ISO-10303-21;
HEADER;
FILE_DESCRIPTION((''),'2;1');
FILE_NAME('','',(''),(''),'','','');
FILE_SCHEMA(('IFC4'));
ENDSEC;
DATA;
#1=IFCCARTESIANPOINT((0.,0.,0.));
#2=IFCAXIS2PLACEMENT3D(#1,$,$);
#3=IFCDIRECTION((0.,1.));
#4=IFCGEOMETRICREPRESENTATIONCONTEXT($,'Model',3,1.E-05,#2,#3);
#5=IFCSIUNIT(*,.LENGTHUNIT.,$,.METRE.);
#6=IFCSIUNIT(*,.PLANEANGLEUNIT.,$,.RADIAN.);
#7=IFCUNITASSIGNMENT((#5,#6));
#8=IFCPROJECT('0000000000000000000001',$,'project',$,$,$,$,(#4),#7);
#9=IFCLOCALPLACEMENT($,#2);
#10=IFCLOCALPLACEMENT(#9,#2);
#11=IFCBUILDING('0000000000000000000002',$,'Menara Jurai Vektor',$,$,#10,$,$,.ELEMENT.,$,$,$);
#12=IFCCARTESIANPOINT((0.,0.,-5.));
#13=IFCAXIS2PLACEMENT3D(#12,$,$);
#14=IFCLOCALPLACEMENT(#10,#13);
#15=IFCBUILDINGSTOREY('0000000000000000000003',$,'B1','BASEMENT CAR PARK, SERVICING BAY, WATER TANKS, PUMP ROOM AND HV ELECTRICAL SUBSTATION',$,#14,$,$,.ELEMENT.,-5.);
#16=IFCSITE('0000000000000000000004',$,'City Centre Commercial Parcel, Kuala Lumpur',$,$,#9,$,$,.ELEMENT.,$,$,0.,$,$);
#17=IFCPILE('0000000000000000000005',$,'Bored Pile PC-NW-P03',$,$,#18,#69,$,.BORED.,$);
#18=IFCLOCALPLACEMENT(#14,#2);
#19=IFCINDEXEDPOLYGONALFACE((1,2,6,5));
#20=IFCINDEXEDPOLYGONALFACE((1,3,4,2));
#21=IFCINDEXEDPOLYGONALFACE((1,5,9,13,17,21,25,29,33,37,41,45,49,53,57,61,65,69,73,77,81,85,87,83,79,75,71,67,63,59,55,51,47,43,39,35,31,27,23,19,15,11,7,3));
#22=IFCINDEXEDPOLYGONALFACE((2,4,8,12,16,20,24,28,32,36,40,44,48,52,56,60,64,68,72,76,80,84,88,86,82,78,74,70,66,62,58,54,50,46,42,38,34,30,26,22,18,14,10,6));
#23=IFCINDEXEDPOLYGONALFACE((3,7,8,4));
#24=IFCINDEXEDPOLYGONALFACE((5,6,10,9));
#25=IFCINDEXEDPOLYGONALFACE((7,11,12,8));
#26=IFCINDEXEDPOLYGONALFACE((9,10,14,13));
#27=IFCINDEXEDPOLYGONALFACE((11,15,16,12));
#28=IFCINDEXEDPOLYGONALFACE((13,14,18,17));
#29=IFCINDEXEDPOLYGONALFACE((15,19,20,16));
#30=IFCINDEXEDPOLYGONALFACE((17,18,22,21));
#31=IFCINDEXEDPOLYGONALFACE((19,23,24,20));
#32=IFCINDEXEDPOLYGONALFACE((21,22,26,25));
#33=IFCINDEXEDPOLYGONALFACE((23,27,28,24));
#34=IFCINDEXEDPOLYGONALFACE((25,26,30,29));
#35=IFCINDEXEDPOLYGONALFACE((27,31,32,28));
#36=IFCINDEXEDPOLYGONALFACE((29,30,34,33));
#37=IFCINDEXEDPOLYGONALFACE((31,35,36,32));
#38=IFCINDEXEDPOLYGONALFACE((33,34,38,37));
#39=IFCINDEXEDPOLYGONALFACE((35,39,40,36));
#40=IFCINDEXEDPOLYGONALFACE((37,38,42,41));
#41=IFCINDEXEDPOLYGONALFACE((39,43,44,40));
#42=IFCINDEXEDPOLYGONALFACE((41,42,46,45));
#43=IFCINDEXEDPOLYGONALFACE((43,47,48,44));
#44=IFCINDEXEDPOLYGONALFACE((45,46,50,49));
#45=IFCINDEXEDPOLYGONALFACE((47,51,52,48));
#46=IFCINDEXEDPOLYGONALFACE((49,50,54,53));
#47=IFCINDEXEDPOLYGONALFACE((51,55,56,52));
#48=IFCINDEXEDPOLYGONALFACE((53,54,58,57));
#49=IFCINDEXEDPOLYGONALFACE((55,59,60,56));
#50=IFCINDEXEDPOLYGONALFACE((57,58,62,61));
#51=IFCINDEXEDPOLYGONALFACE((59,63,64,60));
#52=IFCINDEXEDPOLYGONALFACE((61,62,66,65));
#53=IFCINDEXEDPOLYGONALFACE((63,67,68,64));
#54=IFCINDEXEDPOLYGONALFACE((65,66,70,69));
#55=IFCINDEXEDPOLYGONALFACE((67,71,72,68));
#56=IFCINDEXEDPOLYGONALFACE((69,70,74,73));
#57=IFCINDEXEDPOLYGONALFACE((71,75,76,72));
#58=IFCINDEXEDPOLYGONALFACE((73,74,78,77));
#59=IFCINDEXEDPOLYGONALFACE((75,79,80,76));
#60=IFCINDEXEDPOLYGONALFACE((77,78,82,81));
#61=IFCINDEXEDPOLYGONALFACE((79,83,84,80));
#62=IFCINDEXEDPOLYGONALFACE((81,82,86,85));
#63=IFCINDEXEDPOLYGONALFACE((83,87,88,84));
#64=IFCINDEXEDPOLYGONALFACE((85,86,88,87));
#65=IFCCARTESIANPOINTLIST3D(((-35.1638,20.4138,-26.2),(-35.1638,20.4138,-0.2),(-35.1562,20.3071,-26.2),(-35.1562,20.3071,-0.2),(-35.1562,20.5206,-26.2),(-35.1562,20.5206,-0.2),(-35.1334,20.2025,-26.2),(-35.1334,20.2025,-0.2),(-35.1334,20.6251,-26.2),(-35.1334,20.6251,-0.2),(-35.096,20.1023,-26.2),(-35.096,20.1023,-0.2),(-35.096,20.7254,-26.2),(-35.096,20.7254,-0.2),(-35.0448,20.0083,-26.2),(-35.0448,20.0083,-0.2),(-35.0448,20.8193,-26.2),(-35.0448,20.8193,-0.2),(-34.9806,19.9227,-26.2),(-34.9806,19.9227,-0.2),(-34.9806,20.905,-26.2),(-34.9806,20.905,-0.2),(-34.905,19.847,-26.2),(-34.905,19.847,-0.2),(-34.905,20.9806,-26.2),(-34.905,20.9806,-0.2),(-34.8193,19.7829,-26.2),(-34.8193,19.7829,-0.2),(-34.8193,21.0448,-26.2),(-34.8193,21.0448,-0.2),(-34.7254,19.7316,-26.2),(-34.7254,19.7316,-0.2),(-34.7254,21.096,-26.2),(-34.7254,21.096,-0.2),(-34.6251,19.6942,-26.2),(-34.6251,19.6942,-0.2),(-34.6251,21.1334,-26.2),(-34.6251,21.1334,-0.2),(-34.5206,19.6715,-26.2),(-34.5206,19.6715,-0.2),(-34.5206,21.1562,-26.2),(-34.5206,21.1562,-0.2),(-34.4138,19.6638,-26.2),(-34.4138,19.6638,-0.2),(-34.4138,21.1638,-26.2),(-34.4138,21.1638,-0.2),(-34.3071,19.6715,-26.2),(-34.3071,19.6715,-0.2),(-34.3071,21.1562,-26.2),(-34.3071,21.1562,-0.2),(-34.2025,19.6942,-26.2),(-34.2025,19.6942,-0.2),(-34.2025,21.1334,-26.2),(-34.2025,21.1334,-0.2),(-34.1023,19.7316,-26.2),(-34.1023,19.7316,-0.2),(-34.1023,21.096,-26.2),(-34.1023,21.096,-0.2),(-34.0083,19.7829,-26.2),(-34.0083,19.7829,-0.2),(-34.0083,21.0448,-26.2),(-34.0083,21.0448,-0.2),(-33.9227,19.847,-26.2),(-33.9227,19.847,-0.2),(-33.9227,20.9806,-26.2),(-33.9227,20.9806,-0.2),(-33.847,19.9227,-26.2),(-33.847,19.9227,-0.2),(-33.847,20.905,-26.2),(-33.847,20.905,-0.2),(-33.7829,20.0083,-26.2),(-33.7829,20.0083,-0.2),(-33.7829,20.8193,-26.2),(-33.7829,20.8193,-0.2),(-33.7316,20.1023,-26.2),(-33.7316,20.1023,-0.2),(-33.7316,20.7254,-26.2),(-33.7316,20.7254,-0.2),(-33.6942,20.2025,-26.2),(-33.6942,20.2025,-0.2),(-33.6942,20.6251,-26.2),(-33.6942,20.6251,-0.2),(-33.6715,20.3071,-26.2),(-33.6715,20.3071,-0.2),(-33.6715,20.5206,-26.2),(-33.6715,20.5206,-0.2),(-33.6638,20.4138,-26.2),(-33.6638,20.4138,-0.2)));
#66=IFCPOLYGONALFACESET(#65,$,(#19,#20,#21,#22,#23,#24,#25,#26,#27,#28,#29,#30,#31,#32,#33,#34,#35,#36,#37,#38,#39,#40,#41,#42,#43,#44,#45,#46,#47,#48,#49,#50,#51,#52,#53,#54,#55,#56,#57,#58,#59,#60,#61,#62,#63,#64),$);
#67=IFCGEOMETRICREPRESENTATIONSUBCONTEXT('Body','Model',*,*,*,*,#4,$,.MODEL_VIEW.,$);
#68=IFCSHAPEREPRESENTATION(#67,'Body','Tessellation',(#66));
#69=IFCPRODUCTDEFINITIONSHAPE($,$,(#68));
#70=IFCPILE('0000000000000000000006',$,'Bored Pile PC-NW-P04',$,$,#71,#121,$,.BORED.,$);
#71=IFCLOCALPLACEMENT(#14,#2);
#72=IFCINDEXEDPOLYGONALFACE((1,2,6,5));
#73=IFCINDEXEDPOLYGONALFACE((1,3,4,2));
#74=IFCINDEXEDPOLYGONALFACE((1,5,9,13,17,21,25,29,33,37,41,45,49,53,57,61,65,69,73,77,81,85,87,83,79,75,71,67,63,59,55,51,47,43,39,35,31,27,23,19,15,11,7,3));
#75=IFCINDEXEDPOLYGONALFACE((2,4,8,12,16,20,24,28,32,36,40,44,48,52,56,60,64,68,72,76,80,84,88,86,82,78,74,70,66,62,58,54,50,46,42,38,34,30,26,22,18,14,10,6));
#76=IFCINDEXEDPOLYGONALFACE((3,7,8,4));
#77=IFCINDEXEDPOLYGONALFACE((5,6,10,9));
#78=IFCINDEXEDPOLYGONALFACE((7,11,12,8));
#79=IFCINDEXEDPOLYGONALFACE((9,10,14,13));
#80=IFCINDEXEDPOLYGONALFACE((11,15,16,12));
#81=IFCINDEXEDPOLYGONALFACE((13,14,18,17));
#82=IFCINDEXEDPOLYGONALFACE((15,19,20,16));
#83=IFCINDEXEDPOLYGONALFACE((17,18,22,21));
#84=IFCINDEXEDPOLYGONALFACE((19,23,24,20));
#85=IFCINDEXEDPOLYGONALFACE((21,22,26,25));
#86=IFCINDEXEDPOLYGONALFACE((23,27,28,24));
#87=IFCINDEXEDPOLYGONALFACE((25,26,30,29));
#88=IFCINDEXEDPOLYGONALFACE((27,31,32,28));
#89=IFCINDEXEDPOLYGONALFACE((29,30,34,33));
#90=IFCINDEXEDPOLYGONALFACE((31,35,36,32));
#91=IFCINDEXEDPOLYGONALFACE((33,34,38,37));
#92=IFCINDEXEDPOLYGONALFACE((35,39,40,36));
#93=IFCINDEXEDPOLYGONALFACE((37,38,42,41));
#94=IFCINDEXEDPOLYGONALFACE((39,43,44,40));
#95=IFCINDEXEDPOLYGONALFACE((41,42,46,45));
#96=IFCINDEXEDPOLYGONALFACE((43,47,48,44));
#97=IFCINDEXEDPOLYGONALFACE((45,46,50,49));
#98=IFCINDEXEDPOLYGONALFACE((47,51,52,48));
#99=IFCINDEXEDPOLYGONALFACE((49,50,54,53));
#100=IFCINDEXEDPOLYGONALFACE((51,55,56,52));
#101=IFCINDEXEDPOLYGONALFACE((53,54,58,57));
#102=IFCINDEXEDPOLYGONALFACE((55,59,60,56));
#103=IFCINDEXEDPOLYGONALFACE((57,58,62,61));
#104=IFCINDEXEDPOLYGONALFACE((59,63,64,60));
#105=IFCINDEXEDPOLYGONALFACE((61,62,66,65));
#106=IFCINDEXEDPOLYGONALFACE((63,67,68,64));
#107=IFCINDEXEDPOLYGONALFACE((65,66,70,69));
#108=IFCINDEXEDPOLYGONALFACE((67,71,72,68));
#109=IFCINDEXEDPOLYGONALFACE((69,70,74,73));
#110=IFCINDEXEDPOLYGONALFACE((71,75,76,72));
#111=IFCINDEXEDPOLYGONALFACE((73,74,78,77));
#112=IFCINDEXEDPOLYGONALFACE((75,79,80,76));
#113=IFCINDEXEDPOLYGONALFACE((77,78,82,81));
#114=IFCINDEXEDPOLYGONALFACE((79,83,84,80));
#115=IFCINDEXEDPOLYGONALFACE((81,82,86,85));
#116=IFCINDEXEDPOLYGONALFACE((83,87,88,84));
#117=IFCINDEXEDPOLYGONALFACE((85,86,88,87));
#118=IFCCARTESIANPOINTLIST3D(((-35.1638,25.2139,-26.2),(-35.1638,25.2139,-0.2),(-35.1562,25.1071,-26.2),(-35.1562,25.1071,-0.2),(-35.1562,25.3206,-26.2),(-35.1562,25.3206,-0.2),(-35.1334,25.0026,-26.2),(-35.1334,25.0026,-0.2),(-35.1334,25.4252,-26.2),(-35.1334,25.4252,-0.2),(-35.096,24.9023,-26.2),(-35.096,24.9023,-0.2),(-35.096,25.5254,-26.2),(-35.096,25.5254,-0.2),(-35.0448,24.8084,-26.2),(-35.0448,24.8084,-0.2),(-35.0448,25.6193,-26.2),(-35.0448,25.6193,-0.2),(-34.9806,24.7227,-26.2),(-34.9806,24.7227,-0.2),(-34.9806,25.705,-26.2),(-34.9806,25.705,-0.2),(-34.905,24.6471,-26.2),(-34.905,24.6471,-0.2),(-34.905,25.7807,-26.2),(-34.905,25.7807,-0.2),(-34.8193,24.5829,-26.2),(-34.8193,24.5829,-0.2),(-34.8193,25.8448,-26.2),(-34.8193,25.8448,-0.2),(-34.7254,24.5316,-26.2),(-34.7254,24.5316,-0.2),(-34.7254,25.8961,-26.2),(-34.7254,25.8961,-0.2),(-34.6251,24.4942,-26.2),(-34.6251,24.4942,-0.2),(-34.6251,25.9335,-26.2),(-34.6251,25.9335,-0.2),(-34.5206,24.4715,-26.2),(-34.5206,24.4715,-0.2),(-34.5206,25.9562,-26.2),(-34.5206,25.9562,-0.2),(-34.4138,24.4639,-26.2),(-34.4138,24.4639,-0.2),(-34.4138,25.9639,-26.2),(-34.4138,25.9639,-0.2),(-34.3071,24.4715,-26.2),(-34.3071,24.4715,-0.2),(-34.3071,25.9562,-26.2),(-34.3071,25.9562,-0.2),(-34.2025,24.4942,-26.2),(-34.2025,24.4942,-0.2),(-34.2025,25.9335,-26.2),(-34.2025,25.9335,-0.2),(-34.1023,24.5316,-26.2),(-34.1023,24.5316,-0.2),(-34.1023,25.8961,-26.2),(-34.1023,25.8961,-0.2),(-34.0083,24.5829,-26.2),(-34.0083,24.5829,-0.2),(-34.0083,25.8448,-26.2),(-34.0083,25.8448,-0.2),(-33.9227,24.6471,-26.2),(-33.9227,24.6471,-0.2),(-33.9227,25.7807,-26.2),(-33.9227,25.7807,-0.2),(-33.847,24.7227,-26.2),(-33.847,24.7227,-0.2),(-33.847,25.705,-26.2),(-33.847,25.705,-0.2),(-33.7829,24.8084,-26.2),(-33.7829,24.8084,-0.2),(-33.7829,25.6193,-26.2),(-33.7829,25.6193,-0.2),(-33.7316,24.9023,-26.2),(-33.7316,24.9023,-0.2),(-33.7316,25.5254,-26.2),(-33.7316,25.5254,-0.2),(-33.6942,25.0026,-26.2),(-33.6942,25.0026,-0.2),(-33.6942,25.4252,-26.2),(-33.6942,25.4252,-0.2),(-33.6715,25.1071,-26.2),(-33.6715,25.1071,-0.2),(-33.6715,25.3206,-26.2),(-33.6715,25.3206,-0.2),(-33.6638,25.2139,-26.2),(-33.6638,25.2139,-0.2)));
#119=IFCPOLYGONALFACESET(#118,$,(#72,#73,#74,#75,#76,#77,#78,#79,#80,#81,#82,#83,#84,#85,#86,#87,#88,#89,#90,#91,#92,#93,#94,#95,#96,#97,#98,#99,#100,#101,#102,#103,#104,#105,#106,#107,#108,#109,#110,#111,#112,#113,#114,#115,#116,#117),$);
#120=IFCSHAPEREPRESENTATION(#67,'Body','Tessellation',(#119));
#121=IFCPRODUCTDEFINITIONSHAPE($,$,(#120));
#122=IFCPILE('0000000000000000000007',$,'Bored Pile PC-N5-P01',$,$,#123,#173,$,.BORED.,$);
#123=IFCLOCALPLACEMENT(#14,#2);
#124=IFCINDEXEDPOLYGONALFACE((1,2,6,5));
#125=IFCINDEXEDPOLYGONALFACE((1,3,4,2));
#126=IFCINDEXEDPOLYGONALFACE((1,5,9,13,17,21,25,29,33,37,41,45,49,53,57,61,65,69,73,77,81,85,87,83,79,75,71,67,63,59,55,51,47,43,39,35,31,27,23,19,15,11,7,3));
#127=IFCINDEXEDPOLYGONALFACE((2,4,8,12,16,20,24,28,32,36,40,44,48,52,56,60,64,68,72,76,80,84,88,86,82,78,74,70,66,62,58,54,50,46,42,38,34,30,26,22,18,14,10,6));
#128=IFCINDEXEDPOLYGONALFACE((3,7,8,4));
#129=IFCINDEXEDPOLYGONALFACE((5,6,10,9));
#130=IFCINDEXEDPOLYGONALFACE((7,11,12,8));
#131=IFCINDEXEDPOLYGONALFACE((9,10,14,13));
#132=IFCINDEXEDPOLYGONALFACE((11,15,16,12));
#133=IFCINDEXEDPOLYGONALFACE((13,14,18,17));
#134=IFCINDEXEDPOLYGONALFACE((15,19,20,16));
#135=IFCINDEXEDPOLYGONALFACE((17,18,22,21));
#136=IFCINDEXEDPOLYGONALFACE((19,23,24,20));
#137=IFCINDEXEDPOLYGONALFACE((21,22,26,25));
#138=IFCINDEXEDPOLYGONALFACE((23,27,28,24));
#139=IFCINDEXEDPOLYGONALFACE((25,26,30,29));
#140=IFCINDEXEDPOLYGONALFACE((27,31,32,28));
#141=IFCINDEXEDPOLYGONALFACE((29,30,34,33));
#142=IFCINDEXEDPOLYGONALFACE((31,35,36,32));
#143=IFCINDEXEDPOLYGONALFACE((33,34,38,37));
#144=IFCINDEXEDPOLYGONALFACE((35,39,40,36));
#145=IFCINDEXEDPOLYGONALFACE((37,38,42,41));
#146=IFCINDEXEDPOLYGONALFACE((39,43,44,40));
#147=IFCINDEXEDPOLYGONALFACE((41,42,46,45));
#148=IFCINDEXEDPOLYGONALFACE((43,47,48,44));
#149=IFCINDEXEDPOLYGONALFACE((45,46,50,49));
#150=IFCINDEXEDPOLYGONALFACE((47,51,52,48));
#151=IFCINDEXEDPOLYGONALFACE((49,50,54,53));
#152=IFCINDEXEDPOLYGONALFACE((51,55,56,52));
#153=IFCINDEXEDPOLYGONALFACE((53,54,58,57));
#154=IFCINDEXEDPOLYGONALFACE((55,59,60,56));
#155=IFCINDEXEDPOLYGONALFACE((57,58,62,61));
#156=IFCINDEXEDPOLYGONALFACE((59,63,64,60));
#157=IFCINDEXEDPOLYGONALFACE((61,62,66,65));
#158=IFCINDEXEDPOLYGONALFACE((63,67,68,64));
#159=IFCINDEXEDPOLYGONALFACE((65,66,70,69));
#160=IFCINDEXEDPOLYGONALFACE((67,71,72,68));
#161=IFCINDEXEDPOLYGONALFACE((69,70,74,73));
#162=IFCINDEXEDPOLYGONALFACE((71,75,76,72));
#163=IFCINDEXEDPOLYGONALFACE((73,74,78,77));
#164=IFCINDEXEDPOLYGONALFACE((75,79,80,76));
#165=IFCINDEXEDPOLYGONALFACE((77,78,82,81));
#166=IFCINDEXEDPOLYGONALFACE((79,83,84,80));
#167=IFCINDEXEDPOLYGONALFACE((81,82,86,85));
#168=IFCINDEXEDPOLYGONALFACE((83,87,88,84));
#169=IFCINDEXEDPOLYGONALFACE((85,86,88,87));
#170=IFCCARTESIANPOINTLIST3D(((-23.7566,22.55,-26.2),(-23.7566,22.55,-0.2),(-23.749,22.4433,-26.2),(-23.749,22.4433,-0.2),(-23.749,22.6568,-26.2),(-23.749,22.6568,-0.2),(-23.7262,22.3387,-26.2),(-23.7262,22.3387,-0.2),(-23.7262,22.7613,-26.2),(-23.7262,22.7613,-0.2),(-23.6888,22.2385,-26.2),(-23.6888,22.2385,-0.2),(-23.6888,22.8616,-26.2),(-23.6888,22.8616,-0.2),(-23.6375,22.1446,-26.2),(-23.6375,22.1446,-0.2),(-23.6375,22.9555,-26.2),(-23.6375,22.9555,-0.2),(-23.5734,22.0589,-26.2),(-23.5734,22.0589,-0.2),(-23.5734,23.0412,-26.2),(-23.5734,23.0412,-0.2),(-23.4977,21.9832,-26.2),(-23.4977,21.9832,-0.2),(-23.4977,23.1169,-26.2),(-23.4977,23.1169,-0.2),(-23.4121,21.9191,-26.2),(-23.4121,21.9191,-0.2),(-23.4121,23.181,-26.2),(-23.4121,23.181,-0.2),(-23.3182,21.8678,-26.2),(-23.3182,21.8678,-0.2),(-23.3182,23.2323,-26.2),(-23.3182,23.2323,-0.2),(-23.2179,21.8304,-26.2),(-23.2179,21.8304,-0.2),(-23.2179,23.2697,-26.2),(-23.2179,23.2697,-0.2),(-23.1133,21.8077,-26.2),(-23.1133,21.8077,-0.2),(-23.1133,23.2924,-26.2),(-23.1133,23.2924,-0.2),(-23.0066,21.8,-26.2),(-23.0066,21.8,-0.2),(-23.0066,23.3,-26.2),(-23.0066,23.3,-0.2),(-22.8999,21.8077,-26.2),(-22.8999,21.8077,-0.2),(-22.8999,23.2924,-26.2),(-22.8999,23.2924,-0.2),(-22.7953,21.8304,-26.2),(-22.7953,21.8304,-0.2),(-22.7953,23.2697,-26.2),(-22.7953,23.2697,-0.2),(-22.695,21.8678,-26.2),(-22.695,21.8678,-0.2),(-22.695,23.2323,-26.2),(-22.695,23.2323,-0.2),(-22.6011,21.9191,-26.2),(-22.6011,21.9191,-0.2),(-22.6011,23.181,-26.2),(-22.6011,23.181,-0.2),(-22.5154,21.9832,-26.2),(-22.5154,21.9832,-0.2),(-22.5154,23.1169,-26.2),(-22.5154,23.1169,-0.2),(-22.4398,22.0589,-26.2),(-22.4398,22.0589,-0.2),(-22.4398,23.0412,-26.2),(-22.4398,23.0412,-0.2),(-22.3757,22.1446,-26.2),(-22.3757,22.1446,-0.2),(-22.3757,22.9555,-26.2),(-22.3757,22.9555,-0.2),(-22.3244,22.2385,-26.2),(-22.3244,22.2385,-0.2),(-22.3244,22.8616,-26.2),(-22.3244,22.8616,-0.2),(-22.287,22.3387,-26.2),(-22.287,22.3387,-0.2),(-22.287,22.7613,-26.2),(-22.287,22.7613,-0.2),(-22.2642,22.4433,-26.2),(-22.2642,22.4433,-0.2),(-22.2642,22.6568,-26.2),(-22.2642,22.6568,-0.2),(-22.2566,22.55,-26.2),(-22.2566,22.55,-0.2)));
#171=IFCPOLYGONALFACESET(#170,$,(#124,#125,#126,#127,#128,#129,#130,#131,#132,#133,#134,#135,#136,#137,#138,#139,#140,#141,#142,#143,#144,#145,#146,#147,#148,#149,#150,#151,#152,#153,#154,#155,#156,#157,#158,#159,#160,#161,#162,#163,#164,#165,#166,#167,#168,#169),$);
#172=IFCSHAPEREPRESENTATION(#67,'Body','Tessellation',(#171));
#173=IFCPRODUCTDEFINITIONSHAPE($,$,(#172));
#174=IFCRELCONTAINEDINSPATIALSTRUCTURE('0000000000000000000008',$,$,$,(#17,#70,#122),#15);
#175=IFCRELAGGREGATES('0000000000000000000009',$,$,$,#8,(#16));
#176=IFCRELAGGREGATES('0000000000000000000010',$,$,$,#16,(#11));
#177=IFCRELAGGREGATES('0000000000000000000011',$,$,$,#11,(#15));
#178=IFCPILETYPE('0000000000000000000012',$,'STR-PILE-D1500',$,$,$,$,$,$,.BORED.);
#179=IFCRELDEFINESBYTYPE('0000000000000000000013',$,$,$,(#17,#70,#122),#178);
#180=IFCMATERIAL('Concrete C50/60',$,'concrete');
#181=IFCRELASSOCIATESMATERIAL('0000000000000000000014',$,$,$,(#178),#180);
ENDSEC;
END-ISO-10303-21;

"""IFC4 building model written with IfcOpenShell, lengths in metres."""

from ifc_helpers import new_model, si_unit, direction, frame, origin, origin_2d, place, context, subcontext, project, spatial, circle, extrude, material, material_profile, profile_set, type_object, element, save


model = new_model("IFC4")

# Units and contexts
model_context = context("Model", 3, precision=1e-05, world=origin(), true_north=direction((0.0, 1.0)))
body_context = subcontext(model_context, "Body", "Model", "MODEL_VIEW")
ifc_project = project(units=[si_unit("LENGTHUNIT", "METRE"), si_unit("PLANEANGLEUNIT", "RADIAN")], contexts=[model_context])

# Site, building, storey
site_placement = place(None, origin())
site = spatial("IfcSite", under=ifc_project, at=site_placement, Name="City Centre Commercial Parcel, Kuala Lumpur", CompositionType="ELEMENT", RefElevation=0.0)
building_placement = place(site_placement, origin())
building = spatial("IfcBuilding", under=site, at=building_placement, Name="Menara Jurai Vektor", CompositionType="ELEMENT")
storey_placement = place(building_placement, frame((0.0, 0.0, -5.0)))
storey = spatial("IfcBuildingStorey", under=building, at=storey_placement, Name="B1", Description="BASEMENT CAR PARK, SERVICING BAY, WATER TANKS, PUMP ROOM AND HV ELECTRICAL SUBSTATION", CompositionType="ELEMENT", Elevation=-5.0)

# Shared definitions
ifc_material_1 = material(Name="Concrete C50/60", Category="concrete")

# Piles
ifc_material_profile_1 = material_profile(ifc_material_1, circle(Radius=0.75, at=origin_2d()), Name="PILE D1500")
ifc_profile_set_1 = profile_set([ifc_material_profile_1], Name="Concrete C50/60")
pile_type = type_object("IfcPileType", Name="STR-PILE-D1500", PredefinedType="BORED", material=ifc_profile_set_1)
for number, where, z_axis, x_axis, name in (
    (1, (-34.4138, 20.4138, -0.2), (0.0, 0.0, -1.0), (1.0, 0.0, 0.0), "Bored Pile PC-NW-P03"),
    (2, (-34.4138, 25.2139, -0.2), (0.0, 0.0, -1.0), (1.0, 0.0, 0.0), "Bored Pile PC-NW-P04"),
    (3, (-23.0066, 22.55, -0.2), (0.0, 0.0, -1.0), (1.0, 0.0, 0.0), "Bored Pile PC-N5-P01"),
):
    element("IfcPile", number, at=place(storey_placement, frame(where, z_axis=z_axis, x_axis=x_axis)), inside=storey, type_object=pile_type, Name=name, PredefinedType="BORED", context=body_context, shape_type="SweptSolid", body=[
        extrude(circle(Radius=0.75, at=origin_2d()), origin(), (0.0, 0.0, 1.0), 26.0),
    ])

save(model, "model.ifc")
